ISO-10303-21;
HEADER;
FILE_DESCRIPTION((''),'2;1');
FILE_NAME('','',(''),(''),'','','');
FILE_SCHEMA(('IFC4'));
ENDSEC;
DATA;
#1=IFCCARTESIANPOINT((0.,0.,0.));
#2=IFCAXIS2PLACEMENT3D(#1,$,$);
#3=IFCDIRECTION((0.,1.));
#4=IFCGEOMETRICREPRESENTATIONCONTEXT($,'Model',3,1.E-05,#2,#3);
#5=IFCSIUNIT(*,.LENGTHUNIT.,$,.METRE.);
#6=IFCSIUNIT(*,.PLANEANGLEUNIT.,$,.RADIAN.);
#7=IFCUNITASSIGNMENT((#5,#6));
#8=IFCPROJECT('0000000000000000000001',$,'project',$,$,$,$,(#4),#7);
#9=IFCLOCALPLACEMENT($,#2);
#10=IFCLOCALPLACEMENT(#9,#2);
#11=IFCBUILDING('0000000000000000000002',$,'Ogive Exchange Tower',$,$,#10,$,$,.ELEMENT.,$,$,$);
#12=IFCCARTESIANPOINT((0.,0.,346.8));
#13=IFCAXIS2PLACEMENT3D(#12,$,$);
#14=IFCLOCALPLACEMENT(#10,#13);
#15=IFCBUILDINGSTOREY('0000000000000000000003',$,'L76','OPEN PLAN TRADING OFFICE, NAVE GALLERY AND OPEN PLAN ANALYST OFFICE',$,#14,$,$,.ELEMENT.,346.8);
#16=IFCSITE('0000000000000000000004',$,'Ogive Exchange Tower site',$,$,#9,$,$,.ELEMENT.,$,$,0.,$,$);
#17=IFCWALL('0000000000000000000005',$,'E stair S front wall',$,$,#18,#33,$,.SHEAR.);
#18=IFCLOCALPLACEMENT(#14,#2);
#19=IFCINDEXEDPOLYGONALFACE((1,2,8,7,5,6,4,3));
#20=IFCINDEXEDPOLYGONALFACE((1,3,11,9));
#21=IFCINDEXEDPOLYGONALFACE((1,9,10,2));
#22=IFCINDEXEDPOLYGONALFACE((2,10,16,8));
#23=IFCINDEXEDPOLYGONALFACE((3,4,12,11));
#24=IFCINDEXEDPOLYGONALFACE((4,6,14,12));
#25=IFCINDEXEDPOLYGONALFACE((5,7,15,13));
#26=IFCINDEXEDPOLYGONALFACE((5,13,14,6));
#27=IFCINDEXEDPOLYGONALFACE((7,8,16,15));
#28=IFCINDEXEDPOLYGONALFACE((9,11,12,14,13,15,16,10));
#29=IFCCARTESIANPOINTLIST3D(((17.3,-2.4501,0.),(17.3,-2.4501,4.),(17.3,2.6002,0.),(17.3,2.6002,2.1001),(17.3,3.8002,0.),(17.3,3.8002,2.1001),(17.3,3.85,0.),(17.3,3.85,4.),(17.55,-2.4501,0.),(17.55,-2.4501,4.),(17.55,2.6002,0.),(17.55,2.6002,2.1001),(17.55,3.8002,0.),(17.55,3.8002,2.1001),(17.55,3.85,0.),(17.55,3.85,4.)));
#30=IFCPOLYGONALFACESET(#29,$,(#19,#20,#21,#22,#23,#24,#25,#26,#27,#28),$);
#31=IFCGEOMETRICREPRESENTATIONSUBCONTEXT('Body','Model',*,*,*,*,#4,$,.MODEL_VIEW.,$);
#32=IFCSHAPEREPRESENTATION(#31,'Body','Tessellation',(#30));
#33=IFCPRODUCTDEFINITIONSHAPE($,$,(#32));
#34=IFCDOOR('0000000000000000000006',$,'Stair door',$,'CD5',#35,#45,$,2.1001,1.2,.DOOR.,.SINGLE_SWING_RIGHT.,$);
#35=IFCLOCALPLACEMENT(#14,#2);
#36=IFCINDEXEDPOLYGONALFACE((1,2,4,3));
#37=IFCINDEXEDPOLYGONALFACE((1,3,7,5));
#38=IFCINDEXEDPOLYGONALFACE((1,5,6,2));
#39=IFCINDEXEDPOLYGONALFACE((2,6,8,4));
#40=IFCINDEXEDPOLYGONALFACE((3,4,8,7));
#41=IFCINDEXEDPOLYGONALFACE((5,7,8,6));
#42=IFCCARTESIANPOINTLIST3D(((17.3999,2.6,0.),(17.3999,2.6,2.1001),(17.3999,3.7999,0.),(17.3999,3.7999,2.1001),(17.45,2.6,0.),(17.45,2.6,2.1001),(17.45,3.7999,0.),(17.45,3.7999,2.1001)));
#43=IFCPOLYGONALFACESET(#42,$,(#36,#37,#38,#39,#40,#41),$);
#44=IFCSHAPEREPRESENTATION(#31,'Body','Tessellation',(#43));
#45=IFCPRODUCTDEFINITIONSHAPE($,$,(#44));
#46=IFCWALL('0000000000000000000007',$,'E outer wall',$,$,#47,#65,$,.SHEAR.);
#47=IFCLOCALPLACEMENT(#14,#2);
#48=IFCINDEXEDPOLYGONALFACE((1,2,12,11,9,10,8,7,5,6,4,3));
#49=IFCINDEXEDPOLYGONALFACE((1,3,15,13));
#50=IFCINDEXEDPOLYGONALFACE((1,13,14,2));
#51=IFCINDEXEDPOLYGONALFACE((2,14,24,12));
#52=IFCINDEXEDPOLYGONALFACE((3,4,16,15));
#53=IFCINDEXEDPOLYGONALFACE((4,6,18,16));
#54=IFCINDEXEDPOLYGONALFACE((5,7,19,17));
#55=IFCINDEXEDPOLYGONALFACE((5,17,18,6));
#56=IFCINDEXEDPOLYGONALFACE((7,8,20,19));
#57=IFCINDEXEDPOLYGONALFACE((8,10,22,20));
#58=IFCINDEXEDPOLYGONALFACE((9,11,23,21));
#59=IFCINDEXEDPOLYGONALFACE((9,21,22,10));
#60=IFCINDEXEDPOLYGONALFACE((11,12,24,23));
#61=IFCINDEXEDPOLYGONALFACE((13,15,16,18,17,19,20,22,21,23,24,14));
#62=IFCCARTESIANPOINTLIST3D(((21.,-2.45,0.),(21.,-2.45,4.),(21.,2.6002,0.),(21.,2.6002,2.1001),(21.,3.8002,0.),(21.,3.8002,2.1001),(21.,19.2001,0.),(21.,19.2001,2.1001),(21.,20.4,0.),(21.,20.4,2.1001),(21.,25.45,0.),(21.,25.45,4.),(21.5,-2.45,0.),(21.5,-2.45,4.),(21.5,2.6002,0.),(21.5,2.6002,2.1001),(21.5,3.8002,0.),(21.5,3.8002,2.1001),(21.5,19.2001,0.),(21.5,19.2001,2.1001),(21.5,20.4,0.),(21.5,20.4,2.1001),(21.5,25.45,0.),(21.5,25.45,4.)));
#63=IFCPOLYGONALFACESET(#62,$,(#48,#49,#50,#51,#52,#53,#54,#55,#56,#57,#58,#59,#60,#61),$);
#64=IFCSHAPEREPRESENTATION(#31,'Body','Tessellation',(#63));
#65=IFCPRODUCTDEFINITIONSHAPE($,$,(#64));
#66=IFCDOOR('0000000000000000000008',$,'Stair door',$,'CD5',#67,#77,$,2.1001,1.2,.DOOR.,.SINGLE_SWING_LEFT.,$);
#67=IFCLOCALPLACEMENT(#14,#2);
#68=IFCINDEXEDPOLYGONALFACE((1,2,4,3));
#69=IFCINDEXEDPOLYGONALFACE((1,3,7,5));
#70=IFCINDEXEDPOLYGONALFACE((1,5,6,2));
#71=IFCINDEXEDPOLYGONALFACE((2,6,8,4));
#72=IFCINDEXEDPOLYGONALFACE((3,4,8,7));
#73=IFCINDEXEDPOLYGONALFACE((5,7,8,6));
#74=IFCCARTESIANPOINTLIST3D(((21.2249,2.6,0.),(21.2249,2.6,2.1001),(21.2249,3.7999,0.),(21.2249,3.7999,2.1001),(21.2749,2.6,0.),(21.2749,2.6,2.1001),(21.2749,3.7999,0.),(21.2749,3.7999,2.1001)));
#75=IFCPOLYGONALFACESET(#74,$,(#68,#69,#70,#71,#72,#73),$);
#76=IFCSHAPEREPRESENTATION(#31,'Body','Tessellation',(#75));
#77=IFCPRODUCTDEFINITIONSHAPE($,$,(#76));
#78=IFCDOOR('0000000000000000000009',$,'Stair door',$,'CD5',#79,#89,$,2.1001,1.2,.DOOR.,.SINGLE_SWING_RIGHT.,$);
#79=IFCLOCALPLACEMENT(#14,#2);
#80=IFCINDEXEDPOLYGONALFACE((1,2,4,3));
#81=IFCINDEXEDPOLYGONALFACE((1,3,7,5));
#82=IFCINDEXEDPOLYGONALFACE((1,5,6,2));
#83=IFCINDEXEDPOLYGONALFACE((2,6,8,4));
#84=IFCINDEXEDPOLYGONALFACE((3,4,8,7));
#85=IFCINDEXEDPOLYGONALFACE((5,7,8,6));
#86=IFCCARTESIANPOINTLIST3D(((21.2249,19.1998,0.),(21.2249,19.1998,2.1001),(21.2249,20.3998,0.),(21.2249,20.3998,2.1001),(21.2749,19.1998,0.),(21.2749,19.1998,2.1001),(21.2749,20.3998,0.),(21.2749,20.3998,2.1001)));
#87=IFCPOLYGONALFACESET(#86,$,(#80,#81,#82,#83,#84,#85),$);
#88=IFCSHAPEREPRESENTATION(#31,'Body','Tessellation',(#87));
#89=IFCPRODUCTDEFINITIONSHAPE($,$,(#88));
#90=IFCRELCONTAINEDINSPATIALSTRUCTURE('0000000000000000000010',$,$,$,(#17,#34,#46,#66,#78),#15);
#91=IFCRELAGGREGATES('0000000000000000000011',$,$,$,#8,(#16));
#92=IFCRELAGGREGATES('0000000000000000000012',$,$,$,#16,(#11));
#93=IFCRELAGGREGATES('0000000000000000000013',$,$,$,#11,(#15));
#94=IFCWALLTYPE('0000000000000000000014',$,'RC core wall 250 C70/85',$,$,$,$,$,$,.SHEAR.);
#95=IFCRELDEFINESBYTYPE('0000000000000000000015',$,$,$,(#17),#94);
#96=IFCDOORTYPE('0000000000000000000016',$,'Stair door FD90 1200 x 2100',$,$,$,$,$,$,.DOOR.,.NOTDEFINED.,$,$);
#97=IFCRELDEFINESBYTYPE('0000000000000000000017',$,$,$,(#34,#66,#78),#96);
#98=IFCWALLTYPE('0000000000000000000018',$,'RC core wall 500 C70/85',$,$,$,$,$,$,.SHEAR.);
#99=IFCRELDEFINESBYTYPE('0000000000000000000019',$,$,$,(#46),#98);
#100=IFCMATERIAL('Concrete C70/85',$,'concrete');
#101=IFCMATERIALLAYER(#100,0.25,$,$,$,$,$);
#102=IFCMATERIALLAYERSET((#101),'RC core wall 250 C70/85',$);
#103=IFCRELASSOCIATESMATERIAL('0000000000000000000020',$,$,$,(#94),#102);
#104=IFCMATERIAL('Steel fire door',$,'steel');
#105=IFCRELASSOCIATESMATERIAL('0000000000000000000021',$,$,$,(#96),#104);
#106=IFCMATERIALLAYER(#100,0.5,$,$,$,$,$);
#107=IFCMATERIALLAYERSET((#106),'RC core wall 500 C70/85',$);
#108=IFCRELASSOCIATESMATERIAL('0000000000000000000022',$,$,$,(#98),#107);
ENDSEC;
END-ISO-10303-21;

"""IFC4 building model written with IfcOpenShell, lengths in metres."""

from ifc_helpers import new_model, si_unit, direction, frame, frame_2d, origin, place, context, subcontext, project, spatial, rectangle, extrude, material, layer, layer_set, type_object, element, fill, save


model = new_model("IFC4")

# Units and contexts
model_context = context("Model", 3, precision=1e-05, world=origin(), true_north=direction((0.0, 1.0)))
body_context = subcontext(model_context, "Body", "Model", "MODEL_VIEW")
ifc_project = project(units=[si_unit("LENGTHUNIT", "METRE"), si_unit("PLANEANGLEUNIT", "RADIAN")], contexts=[model_context])

# Site, building, storey
site_placement = place(None, origin())
site = spatial("IfcSite", under=ifc_project, at=site_placement, Name="Ogive Exchange Tower site", CompositionType="ELEMENT", RefElevation=0.0)
building_placement = place(site_placement, origin())
building = spatial("IfcBuilding", under=site, at=building_placement, Name="Ogive Exchange Tower", CompositionType="ELEMENT")
storey_placement = place(building_placement, frame((0.0, 0.0, 346.8)))
storey = spatial("IfcBuildingStorey", under=building, at=storey_placement, Name="L76", Description="OPEN PLAN TRADING OFFICE, NAVE GALLERY AND OPEN PLAN ANALYST OFFICE", CompositionType="ELEMENT", Elevation=346.8)

# Wall, opening, door
ifc_material_1 = material(Name="Concrete C70/85", Category="concrete")
ifc_layer_1 = layer(ifc_material_1, 0.25)
ifc_layer_set_1 = layer_set([ifc_layer_1], Name="RC core wall 250 C70/85")
wall_type_1 = type_object("IfcWallType", Name="RC core wall 250 C70/85", PredefinedType="SHEAR", material=ifc_layer_set_1)
wall_1_placement = place(storey_placement, frame((17.425, -2.45, 0.0), z_axis=(0.0, 0.0, 1.0), x_axis=(0.0, 1.0, 0.0)))
wall_1 = element("IfcWall", 1, at=wall_1_placement, inside=storey, type_object=wall_type_1, Name="E stair S front wall", PredefinedType="SHEAR", context=body_context, shape_type="SweptSolid", body=[
    extrude(rectangle(XDim=6.3, YDim=0.25, at=frame_2d((3.1499, 0.0))), origin(), (0.0, 0.0, 1.0), 4.0),
])
opening_1_placement = place(wall_1_placement, frame((5.05, 0.0, 0.0)))
opening_1 = element("IfcOpeningElement", 2, at=opening_1_placement, cuts=wall_1, PredefinedType="OPENING", context=body_context, shape_type="SweptSolid", body=[
    extrude(rectangle(XDim=1.2, YDim=2.1001, at=frame_2d((0.6001, 1.05))), frame((0.0, 0.135, 0.0), z_axis=(0.0, -1.0, 0.0), x_axis=(1.0, 0.0, 0.0)), (0.0, 0.0, 1.0), 0.27),
])
ifc_material_2 = material(Name="Steel fire door", Category="steel")
door_type_1 = type_object("IfcDoorType", Name="Stair door FD90 1200 x 2100", OperationType="NOTDEFINED", PredefinedType="DOOR", material=ifc_material_2)
door_1_placement = place(opening_1_placement, frame((1.2, 0.0, 0.0), z_axis=(0.0, 0.0, 1.0), x_axis=(-1.0, 0.0, 0.0)))
door_1 = element("IfcDoor", 3, at=door_1_placement, inside=storey, type_object=door_type_1, Name="Stair door", ObjectType="CD5", OperationType="SINGLE_SWING_RIGHT", OverallHeight=2.1001, OverallWidth=1.2, PredefinedType="DOOR", context=body_context, shape_type="SweptSolid", body=[
    extrude(rectangle(XDim=1.2, YDim=2.1001, at=frame_2d((0.6001, 1.05))), frame((0.0, 0.0249, 0.0), z_axis=(0.0, -1.0, 0.0), x_axis=(1.0, 0.0, 0.0)), (0.0, 0.0, 1.0), 0.05),
])
fill(opening_1, door_1)

# Wall, openings, doors
ifc_layer_2 = layer(ifc_material_1, 0.5)
ifc_layer_set_2 = layer_set([ifc_layer_2], Name="RC core wall 500 C70/85")
wall_type_2 = type_object("IfcWallType", Name="RC core wall 500 C70/85", PredefinedType="SHEAR", material=ifc_layer_set_2)
wall_2_placement = place(storey_placement, frame((21.25, -2.45, 0.0), z_axis=(0.0, 0.0, 1.0), x_axis=(0.0, 1.0, 0.0)))
wall_2 = element("IfcWall", 4, at=wall_2_placement, inside=storey, type_object=wall_type_2, Name="E outer wall", PredefinedType="SHEAR", context=body_context, shape_type="SweptSolid", body=[
    extrude(rectangle(XDim=27.8999, YDim=0.5, at=frame_2d((13.95, 0.0))), origin(), (0.0, 0.0, 1.0), 4.0),
])
opening_2_placement = place(wall_2_placement, frame((5.05, 0.0, 0.0)))
opening_2 = element("IfcOpeningElement", 5, at=opening_2_placement, cuts=wall_2, PredefinedType="OPENING", context=body_context, shape_type="SweptSolid", body=[
    extrude(rectangle(XDim=1.2, YDim=2.1001, at=frame_2d((0.6001, 1.05))), frame((0.0, 0.26, 0.0), z_axis=(0.0, -1.0, 0.0), x_axis=(1.0, 0.0, 0.0)), (0.0, 0.0, 1.0), 0.52),
])
opening_3_placement = place(wall_2_placement, frame((21.6499, 0.0, 0.0)))
opening_3 = element("IfcOpeningElement", 6, at=opening_3_placement, cuts=wall_2, PredefinedType="OPENING", context=body_context, shape_type="SweptSolid", body=[
    extrude(rectangle(XDim=1.2, YDim=2.1001, at=frame_2d((0.6001, 1.05))), frame((0.0, 0.26, 0.0), z_axis=(0.0, -1.0, 0.0), x_axis=(1.0, 0.0, 0.0)), (0.0, 0.0, 1.0), 0.52),
])
door_2_placement = place(opening_2_placement, frame((1.2, 0.0, 0.0), z_axis=(0.0, 0.0, 1.0), x_axis=(-1.0, 0.0, 0.0)))
door_2 = element("IfcDoor", 7, at=door_2_placement, inside=storey, type_object=door_type_1, Name="Stair door", ObjectType="CD5", OperationType="SINGLE_SWING_LEFT", OverallHeight=2.1001, OverallWidth=1.2, PredefinedType="DOOR", context=body_context, shape_type="SweptSolid", body=[
    extrude(rectangle(XDim=1.2, YDim=2.1001, at=frame_2d((0.6001, 1.05))), frame((0.0, 0.0249, 0.0), z_axis=(0.0, -1.0, 0.0), x_axis=(1.0, 0.0, 0.0)), (0.0, 0.0, 1.0), 0.05),
])
fill(opening_2, door_2)
door_3_placement = place(opening_3_placement, frame((1.2, 0.0, 0.0), z_axis=(0.0, 0.0, 1.0), x_axis=(-1.0, 0.0, 0.0)))
door_3 = element("IfcDoor", 8, at=door_3_placement, inside=storey, type_object=door_type_1, Name="Stair door", ObjectType="CD5", OperationType="SINGLE_SWING_RIGHT", OverallHeight=2.1001, OverallWidth=1.2, PredefinedType="DOOR", context=body_context, shape_type="SweptSolid", body=[
    extrude(rectangle(XDim=1.2, YDim=2.1001, at=frame_2d((0.6001, 1.05))), frame((0.0, 0.0249, 0.0), z_axis=(0.0, -1.0, 0.0), x_axis=(1.0, 0.0, 0.0)), (0.0, 0.0, 1.0), 0.05),
])
fill(opening_3, door_3)

save(model, "model.ifc")
